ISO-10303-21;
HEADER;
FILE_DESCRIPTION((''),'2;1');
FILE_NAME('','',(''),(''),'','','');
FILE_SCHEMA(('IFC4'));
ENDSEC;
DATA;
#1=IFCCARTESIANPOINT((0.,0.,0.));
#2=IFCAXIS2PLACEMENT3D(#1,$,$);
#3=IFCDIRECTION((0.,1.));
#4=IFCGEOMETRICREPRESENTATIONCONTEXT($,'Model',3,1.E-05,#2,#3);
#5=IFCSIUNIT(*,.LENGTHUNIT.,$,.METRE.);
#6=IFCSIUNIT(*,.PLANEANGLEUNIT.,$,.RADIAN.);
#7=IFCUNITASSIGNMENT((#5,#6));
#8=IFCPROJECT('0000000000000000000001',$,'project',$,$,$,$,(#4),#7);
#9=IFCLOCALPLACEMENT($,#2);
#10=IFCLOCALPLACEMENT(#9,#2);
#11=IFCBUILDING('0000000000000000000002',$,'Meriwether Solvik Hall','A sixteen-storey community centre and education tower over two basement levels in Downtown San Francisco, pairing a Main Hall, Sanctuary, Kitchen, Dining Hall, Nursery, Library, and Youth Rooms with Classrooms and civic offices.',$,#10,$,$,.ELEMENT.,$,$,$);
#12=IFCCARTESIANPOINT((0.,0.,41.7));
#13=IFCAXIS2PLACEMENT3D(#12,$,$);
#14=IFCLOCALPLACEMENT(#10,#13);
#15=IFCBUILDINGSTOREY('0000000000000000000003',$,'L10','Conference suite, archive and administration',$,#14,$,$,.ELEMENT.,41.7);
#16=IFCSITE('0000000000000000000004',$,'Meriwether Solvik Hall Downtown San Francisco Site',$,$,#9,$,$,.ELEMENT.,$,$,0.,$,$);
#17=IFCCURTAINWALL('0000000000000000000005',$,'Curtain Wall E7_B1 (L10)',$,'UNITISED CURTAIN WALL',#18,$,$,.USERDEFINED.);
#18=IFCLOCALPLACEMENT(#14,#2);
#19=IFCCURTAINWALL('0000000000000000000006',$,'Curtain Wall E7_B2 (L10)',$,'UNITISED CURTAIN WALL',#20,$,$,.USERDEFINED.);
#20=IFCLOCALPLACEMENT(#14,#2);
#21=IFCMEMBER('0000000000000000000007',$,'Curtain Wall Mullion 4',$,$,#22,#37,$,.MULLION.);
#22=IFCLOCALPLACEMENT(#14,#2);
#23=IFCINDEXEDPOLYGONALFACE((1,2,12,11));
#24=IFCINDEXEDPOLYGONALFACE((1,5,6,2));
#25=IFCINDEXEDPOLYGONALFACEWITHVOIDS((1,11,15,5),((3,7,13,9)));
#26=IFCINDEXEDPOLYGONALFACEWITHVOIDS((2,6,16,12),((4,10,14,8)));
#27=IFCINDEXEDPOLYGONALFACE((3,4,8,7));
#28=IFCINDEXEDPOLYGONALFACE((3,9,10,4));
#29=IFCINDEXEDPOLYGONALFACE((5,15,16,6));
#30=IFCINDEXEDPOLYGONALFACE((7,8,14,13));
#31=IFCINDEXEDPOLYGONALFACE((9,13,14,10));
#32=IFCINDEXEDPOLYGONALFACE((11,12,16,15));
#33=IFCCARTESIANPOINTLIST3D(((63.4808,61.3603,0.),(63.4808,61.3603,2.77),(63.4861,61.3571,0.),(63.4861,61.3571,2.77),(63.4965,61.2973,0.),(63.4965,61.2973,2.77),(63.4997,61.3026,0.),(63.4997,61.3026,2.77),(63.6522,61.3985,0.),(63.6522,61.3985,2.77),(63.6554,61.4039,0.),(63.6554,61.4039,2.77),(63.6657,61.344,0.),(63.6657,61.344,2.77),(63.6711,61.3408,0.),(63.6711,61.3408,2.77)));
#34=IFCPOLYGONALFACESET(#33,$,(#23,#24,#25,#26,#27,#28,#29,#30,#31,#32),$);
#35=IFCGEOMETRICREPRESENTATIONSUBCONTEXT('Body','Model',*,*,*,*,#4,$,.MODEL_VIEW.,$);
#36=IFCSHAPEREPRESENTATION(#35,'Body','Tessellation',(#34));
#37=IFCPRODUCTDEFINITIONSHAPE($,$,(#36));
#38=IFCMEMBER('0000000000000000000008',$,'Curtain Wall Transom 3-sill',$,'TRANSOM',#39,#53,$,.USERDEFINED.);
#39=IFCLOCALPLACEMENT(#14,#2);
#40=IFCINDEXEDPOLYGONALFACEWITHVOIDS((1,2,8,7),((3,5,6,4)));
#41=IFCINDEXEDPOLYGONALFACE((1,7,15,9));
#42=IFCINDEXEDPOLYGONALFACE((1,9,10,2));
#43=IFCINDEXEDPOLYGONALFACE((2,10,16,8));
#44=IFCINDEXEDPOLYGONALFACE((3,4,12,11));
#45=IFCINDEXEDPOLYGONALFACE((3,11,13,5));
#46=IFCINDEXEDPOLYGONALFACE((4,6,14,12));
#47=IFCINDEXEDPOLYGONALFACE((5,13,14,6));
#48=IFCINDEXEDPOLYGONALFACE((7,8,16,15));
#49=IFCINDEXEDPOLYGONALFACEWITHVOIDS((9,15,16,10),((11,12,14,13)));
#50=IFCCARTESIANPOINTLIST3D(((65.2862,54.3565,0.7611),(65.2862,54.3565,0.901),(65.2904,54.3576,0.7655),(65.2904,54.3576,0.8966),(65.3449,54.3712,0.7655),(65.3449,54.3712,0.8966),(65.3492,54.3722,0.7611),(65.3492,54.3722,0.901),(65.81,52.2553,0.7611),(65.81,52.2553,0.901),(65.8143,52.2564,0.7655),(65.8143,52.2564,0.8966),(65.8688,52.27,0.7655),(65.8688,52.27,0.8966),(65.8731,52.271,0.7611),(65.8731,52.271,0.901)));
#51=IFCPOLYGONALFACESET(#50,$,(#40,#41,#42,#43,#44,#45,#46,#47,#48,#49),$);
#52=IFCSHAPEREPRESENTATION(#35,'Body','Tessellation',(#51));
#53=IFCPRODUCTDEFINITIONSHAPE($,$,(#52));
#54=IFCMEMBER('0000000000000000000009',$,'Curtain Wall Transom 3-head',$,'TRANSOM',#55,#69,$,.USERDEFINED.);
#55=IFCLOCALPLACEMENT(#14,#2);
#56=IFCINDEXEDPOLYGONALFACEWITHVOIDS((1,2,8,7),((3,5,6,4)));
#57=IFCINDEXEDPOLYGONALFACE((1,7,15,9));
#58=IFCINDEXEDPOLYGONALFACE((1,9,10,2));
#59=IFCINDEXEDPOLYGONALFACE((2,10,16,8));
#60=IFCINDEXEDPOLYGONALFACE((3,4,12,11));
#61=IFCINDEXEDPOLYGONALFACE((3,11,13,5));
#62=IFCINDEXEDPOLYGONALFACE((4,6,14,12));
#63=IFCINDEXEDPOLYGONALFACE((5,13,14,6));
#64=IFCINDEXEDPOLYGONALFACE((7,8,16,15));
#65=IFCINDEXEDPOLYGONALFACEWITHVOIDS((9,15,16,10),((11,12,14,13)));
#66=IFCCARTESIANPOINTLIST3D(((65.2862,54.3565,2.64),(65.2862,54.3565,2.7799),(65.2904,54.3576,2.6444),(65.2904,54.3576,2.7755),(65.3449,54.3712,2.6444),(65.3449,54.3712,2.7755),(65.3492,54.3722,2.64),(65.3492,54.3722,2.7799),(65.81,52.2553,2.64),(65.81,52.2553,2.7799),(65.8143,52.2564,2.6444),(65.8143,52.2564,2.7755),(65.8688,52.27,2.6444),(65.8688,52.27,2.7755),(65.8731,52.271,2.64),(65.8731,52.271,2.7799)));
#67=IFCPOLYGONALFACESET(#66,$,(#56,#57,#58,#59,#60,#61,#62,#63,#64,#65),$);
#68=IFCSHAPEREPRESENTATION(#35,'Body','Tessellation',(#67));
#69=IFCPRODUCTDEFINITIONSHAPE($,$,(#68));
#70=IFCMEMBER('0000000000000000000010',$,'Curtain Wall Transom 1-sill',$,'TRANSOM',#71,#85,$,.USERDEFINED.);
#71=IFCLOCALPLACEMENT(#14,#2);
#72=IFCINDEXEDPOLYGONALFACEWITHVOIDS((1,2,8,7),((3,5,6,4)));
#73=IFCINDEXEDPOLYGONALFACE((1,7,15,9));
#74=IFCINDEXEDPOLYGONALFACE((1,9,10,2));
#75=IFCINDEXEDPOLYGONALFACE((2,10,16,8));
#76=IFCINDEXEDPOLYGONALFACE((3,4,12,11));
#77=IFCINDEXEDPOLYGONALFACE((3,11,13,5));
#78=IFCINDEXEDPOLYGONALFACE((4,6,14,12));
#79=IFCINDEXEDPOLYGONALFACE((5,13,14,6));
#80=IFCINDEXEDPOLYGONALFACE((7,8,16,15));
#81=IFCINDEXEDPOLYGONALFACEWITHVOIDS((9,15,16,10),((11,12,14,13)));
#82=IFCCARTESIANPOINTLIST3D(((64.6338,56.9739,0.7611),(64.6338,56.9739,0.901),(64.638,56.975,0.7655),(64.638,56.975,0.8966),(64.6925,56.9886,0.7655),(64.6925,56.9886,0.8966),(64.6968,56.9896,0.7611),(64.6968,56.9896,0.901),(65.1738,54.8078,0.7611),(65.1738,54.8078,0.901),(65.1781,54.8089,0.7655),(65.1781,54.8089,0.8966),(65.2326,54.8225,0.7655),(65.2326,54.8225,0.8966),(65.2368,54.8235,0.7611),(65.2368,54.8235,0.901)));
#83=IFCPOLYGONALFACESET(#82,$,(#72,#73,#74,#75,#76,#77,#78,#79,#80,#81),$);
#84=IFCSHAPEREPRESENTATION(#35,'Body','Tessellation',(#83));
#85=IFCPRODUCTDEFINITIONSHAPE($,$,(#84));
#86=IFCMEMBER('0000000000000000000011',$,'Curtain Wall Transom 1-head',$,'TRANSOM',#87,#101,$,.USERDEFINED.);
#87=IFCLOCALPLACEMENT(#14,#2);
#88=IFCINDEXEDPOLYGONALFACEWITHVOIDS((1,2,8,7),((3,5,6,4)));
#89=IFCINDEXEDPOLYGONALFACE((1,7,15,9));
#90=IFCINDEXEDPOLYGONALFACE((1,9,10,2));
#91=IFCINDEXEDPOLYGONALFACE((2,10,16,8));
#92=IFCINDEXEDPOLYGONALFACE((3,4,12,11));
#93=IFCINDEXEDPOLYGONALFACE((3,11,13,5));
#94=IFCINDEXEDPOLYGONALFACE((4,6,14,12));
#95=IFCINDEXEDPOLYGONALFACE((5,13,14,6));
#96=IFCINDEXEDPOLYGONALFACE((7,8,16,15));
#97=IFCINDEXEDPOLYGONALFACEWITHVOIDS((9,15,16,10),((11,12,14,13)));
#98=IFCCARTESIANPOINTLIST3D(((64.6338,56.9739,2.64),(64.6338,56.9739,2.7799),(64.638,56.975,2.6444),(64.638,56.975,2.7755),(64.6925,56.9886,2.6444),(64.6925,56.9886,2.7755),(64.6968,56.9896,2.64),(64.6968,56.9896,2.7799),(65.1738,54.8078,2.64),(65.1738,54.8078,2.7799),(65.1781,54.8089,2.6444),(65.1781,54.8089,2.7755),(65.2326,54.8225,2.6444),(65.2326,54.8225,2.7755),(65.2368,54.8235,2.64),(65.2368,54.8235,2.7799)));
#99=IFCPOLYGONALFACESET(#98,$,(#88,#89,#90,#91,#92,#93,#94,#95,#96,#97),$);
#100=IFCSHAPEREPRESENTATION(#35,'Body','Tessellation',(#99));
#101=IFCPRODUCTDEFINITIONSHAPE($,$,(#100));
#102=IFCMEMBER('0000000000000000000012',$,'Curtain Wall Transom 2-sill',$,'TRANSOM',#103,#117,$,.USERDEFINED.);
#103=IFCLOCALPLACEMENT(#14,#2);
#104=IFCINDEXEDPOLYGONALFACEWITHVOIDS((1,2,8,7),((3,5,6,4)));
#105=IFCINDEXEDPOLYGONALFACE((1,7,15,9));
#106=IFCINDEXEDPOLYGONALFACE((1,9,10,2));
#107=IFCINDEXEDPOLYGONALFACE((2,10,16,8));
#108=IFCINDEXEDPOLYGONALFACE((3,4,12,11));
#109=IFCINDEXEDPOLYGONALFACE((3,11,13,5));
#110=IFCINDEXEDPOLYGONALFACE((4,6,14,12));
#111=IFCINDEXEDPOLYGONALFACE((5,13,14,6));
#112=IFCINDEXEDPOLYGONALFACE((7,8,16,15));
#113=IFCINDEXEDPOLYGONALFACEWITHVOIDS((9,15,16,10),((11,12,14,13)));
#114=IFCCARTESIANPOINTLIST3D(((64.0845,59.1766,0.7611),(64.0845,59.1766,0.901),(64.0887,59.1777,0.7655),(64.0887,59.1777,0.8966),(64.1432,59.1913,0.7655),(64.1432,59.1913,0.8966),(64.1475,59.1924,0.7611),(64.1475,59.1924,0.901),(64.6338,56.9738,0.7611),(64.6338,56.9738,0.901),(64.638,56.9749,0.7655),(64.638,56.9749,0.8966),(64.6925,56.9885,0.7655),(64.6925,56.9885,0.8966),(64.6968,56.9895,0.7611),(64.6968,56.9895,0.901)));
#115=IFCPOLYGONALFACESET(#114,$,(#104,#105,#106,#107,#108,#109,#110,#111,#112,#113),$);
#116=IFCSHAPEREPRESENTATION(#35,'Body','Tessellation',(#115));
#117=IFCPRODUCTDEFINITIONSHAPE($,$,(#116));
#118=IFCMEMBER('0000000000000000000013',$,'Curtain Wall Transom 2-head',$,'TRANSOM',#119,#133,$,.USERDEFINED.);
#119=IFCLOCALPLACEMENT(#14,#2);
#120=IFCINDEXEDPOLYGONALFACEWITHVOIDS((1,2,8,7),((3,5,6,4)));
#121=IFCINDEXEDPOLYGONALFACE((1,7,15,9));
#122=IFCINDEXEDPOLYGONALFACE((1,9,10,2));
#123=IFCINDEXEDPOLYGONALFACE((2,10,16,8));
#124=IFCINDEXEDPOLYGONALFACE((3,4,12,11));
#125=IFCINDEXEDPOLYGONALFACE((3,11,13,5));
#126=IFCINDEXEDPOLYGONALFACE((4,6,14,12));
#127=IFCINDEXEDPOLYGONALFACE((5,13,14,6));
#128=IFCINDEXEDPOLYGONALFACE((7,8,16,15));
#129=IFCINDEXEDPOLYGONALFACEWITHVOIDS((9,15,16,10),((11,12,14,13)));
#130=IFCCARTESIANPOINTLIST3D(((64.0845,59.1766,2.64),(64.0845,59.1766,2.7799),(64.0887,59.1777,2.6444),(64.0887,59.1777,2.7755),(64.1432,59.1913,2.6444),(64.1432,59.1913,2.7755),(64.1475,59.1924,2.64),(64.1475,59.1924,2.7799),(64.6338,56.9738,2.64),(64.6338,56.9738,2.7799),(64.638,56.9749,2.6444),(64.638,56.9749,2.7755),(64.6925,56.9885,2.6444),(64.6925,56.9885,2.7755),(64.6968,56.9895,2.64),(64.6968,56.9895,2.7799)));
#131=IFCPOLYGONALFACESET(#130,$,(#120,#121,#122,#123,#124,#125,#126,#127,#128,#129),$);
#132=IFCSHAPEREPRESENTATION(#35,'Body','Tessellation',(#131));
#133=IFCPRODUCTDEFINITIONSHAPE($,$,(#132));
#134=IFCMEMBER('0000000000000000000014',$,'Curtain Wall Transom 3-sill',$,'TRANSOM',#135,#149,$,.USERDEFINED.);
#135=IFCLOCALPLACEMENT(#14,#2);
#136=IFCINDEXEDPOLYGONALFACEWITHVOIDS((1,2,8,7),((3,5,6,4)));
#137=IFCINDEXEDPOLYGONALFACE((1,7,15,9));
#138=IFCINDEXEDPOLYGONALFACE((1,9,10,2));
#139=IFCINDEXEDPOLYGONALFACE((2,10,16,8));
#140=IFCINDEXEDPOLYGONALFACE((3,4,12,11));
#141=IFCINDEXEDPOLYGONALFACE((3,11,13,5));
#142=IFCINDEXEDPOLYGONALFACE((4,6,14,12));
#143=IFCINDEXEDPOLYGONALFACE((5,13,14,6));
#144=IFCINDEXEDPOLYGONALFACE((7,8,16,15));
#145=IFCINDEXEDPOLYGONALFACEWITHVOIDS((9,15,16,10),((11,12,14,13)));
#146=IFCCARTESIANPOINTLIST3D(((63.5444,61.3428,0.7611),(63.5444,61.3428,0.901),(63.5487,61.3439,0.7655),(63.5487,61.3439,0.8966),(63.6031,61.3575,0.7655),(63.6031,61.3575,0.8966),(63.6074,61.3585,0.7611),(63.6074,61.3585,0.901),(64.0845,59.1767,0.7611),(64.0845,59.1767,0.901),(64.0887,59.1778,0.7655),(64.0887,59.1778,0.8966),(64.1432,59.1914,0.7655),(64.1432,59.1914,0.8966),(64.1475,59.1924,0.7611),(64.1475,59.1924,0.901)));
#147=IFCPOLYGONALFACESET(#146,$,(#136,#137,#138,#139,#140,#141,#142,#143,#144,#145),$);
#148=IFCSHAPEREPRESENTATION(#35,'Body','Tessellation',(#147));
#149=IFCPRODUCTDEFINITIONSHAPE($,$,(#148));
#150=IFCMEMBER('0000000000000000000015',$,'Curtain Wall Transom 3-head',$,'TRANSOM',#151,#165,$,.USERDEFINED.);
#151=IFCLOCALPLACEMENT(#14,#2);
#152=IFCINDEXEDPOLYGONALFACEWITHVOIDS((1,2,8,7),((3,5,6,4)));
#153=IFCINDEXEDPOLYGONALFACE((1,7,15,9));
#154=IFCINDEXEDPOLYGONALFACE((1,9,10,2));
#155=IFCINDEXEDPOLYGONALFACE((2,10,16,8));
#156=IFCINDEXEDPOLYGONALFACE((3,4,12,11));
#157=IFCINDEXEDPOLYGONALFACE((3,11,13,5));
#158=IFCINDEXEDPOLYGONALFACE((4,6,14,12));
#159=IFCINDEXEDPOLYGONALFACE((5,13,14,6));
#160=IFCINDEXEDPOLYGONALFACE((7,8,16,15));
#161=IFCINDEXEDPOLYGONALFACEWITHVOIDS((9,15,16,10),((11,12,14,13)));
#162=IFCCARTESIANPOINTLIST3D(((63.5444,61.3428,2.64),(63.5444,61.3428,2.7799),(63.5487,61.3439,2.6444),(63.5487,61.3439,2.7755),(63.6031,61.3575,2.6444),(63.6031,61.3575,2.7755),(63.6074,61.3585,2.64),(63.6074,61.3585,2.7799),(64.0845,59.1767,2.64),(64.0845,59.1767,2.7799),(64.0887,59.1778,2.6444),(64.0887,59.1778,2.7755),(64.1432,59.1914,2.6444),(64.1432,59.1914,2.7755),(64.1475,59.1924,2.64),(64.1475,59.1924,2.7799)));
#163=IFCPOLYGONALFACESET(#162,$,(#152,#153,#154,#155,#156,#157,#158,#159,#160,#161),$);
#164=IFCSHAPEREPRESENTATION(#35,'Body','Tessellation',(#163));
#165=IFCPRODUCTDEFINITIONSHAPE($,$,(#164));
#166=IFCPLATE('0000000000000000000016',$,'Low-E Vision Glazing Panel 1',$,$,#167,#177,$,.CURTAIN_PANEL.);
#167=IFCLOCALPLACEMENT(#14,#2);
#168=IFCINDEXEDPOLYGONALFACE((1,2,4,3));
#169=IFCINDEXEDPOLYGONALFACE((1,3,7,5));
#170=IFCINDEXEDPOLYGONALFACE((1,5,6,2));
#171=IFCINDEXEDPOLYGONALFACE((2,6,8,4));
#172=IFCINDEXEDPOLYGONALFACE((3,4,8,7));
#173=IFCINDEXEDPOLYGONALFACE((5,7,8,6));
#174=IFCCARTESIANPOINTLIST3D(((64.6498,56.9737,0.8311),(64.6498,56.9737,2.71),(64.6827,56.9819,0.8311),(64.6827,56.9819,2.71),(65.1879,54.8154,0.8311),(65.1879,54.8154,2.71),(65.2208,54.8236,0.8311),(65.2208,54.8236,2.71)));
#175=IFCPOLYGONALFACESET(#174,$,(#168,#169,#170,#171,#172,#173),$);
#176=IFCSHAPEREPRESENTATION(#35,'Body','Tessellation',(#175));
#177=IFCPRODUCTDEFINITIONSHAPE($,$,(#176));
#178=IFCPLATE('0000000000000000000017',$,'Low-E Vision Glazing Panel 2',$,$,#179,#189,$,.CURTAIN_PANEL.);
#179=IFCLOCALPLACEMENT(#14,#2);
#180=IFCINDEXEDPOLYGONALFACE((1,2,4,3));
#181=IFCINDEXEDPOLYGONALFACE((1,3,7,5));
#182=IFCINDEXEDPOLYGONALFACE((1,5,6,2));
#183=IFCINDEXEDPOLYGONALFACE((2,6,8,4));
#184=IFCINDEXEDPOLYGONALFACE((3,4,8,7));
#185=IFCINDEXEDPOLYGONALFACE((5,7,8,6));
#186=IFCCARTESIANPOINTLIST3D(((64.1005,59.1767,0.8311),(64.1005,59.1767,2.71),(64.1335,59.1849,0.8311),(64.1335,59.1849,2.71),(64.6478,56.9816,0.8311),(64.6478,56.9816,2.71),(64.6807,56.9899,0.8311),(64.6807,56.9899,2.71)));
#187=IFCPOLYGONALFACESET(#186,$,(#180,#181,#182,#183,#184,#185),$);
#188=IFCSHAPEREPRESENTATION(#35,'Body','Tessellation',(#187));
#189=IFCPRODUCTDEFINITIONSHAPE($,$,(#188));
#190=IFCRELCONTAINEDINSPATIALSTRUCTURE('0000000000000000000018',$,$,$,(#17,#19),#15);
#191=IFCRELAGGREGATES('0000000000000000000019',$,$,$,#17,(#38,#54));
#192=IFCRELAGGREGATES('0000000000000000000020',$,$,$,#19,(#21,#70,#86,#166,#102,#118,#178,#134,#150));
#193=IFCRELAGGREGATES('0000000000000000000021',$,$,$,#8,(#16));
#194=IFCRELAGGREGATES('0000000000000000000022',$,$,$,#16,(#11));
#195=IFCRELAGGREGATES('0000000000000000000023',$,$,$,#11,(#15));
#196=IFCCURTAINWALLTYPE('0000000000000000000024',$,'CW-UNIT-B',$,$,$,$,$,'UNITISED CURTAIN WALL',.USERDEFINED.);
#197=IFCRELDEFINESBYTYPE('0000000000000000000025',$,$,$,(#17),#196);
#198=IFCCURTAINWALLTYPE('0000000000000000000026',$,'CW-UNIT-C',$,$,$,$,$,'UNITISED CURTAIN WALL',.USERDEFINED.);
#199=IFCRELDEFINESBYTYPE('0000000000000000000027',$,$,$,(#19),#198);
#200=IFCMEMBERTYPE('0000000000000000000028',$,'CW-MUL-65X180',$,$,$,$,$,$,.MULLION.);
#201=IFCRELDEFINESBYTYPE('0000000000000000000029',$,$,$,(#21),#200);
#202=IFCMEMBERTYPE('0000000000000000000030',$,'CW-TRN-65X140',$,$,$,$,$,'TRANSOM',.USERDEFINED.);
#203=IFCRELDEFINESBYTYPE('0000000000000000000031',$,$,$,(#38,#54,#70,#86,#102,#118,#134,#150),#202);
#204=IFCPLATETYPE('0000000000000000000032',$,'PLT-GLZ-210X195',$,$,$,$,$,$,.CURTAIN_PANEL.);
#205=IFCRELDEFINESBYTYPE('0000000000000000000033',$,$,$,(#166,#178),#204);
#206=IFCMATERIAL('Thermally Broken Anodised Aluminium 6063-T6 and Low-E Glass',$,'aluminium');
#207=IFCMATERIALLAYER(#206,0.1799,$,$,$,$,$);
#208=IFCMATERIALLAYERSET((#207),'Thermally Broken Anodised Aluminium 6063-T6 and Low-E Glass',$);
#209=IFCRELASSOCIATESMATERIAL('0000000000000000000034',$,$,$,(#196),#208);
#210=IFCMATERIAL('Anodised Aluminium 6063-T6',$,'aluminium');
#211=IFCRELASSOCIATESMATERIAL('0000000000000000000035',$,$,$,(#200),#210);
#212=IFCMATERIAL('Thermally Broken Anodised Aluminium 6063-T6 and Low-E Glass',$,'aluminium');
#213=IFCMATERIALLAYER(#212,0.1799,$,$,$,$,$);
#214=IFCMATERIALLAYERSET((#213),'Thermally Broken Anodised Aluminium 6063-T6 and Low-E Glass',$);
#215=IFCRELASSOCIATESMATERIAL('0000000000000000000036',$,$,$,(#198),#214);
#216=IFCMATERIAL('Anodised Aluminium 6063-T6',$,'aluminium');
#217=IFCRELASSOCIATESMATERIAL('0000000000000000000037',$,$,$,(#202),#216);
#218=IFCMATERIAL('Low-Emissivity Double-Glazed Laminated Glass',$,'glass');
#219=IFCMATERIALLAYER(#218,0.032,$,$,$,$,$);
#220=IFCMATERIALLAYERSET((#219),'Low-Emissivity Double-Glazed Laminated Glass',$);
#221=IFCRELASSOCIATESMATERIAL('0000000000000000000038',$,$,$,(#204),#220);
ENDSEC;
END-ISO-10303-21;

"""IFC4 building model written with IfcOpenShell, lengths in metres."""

from ifc_helpers import new_model, si_unit, direction, frame, origin, origin_2d, place, context, subcontext, project, spatial, rectangle, hollow_rectangle, extrude, material, layer, layer_set, material_profile, profile_set, type_object, element, aggregate, save


model = new_model("IFC4")

# Units and contexts
model_context = context("Model", 3, precision=1e-05, world=origin(), true_north=direction((0.0, 1.0)))
body_context = subcontext(model_context, "Body", "Model", "MODEL_VIEW")
ifc_project = project(units=[si_unit("LENGTHUNIT", "METRE"), si_unit("PLANEANGLEUNIT", "RADIAN")], contexts=[model_context])

# Site, building, storey
site_placement = place(None, origin())
site = spatial("IfcSite", under=ifc_project, at=site_placement, Name="Meriwether Solvik Hall Downtown San Francisco Site", CompositionType="ELEMENT", RefElevation=0.0)
building_placement = place(site_placement, origin())
building = spatial("IfcBuilding", under=site, at=building_placement, Name="Meriwether Solvik Hall", Description="A sixteen-storey community centre and education tower over two basement levels in Downtown San Francisco, pairing a Main Hall, Sanctuary, Kitchen, Dining Hall, Nursery, Library, and Youth Rooms with Classrooms and civic offices.", CompositionType="ELEMENT")
storey_placement = place(building_placement, frame((0.0, 0.0, 41.7)))
storey = spatial("IfcBuildingStorey", under=building, at=storey_placement, Name="L10", Description="Conference suite, archive and administration", CompositionType="ELEMENT", Elevation=41.7)

# Curtain walls, member
ifc_material_1 = material(Name="Thermally Broken Anodised Aluminium 6063-T6 and Low-E Glass", Category="aluminium")
ifc_layer_1 = layer(ifc_material_1, 0.1799)
ifc_layer_set_1 = layer_set([ifc_layer_1], Name="Thermally Broken Anodised Aluminium 6063-T6 and Low-E Glass")
curtain_wall_type_1 = type_object("IfcCurtainWallType", Name="CW-UNIT-B", ElementType="UNITISED CURTAIN WALL", PredefinedType="USERDEFINED", material=ifc_layer_set_1)
curtain_wall_1_placement = place(storey_placement, origin())
curtain_wall_1 = element("IfcCurtainWall", 1, at=curtain_wall_1_placement, inside=storey, type_object=curtain_wall_type_1, Name="Curtain Wall E7_B1 (L10)", ObjectType="UNITISED CURTAIN WALL", PredefinedType="USERDEFINED")
ifc_material_2 = material(Name="Anodised Aluminium 6063-T6", Category="aluminium")
ifc_material_profile_1 = material_profile(ifc_material_2, hollow_rectangle(XDim=0.0649, YDim=0.1799, WallThickness=0.0044, at=origin_2d()), Name="CWM-65X180")
ifc_profile_set_1 = profile_set([ifc_material_profile_1], Name="Anodised Aluminium 6063-T6")
member_type_1 = type_object("IfcMemberType", Name="CW-MUL-65X180", PredefinedType="MULLION", material=ifc_profile_set_1)
ifc_material_3 = material(Name="Thermally Broken Anodised Aluminium 6063-T6 and Low-E Glass", Category="aluminium")
ifc_layer_2 = layer(ifc_material_3, 0.1799)
ifc_layer_set_2 = layer_set([ifc_layer_2], Name="Thermally Broken Anodised Aluminium 6063-T6 and Low-E Glass")
curtain_wall_type_2 = type_object("IfcCurtainWallType", Name="CW-UNIT-C", ElementType="UNITISED CURTAIN WALL", PredefinedType="USERDEFINED", material=ifc_layer_set_2)
curtain_wall_2_placement = place(storey_placement, origin())
curtain_wall_2 = element("IfcCurtainWall", 2, at=curtain_wall_2_placement, inside=storey, type_object=curtain_wall_type_2, Name="Curtain Wall E7_B2 (L10)", ObjectType="UNITISED CURTAIN WALL", PredefinedType="USERDEFINED")
member_1_placement = place(storey_placement, frame((63.5759, 61.3506, 0.0), z_axis=(0.0, 0.0, 1.0), x_axis=(-0.241922, 0.970296, 0.0)))
member_1 = element("IfcMember", 3, at=member_1_placement, type_object=member_type_1, Name="Curtain Wall Mullion 4", PredefinedType="MULLION", context=body_context, shape_type="SweptSolid", body=[
    extrude(hollow_rectangle(XDim=0.0649, YDim=0.1799, WallThickness=0.0044, at=origin_2d()), origin(), (0.0, 0.0, 1.0), 2.77),
])

# Members
ifc_material_4 = material(Name="Anodised Aluminium 6063-T6", Category="aluminium")
ifc_material_profile_2 = material_profile(ifc_material_4, hollow_rectangle(XDim=0.0649, YDim=0.1399, WallThickness=0.0044, at=origin_2d()), Name="CWT-65X140")
ifc_profile_set_2 = profile_set([ifc_material_profile_2], Name="Anodised Aluminium 6063-T6")
member_type_2 = type_object("IfcMemberType", Name="CW-TRN-65X140", ElementType="TRANSOM", PredefinedType="USERDEFINED", material=ifc_profile_set_2)
member_2_placement = place(storey_placement, frame((65.8416, 52.2632, 0.8311), z_axis=(-0.241925, 0.970295, 0.0), x_axis=(-0.970295, -0.241925, 0.0)))
member_2 = element("IfcMember", 4, at=member_2_placement, type_object=member_type_2, Name="Curtain Wall Transom 3-sill", ObjectType="TRANSOM", PredefinedType="USERDEFINED", context=body_context, shape_type="SweptSolid", body=[
    extrude(hollow_rectangle(XDim=0.0649, YDim=0.1399, WallThickness=0.0044, at=origin_2d()), origin(), (0.0, 0.0, 1.0), 2.1655),
])
member_3_placement = place(storey_placement, frame((65.8416, 52.2632, 2.71), z_axis=(-0.241925, 0.970295, 0.0), x_axis=(-0.970295, -0.241925, 0.0)))
member_3 = element("IfcMember", 5, at=member_3_placement, type_object=member_type_2, Name="Curtain Wall Transom 3-head", ObjectType="TRANSOM", PredefinedType="USERDEFINED", context=body_context, shape_type="SweptSolid", body=[
    extrude(hollow_rectangle(XDim=0.0649, YDim=0.1399, WallThickness=0.0044, at=origin_2d()), origin(), (0.0, 0.0, 1.0), 2.1655),
])
member_4_placement = place(storey_placement, frame((65.2053, 54.8157, 0.8311), z_axis=(-0.241918, 0.970297, 0.0), x_axis=(-0.970297, -0.241918, 0.0)))
member_4 = element("IfcMember", 6, at=member_4_placement, type_object=member_type_2, Name="Curtain Wall Transom 1-sill", ObjectType="TRANSOM", PredefinedType="USERDEFINED", context=body_context, shape_type="SweptSolid", body=[
    extrude(hollow_rectangle(XDim=0.0649, YDim=0.1399, WallThickness=0.0044, at=origin_2d()), origin(), (0.0, 0.0, 1.0), 2.2324),
])
member_5_placement = place(storey_placement, frame((65.2053, 54.8157, 2.71), z_axis=(-0.241918, 0.970297, 0.0), x_axis=(-0.970297, -0.241918, 0.0)))
member_5 = element("IfcMember", 7, at=member_5_placement, type_object=member_type_2, Name="Curtain Wall Transom 1-head", ObjectType="TRANSOM", PredefinedType="USERDEFINED", context=body_context, shape_type="SweptSolid", body=[
    extrude(hollow_rectangle(XDim=0.0649, YDim=0.1399, WallThickness=0.0044, at=origin_2d()), origin(), (0.0, 0.0, 1.0), 2.2324),
])
member_6_placement = place(storey_placement, frame((64.6653, 56.9817, 0.8311), z_axis=(-0.241954, 0.970288, 0.0), x_axis=(-0.970288, -0.241954, 0.0)))
member_6 = element("IfcMember", 8, at=member_6_placement, type_object=member_type_2, Name="Curtain Wall Transom 2-sill", ObjectType="TRANSOM", PredefinedType="USERDEFINED", context=body_context, shape_type="SweptSolid", body=[
    extrude(hollow_rectangle(XDim=0.0649, YDim=0.1399, WallThickness=0.0044, at=origin_2d()), origin(), (0.0, 0.0, 1.0), 2.2703),
])
member_7_placement = place(storey_placement, frame((64.6653, 56.9817, 2.71), z_axis=(-0.241954, 0.970288, 0.0), x_axis=(-0.970288, -0.241954, 0.0)))
member_7 = element("IfcMember", 9, at=member_7_placement, type_object=member_type_2, Name="Curtain Wall Transom 2-head", ObjectType="TRANSOM", PredefinedType="USERDEFINED", context=body_context, shape_type="SweptSolid", body=[
    extrude(hollow_rectangle(XDim=0.0649, YDim=0.1399, WallThickness=0.0044, at=origin_2d()), origin(), (0.0, 0.0, 1.0), 2.2703),
])
member_8_placement = place(storey_placement, frame((64.116, 59.1846, 0.8311), z_axis=(-0.241918, 0.970297, 0.0), x_axis=(-0.970297, -0.241918, 0.0)))
member_8 = element("IfcMember", 10, at=member_8_placement, type_object=member_type_2, Name="Curtain Wall Transom 3-sill", ObjectType="TRANSOM", PredefinedType="USERDEFINED", context=body_context, shape_type="SweptSolid", body=[
    extrude(hollow_rectangle(XDim=0.0649, YDim=0.1399, WallThickness=0.0044, at=origin_2d()), origin(), (0.0, 0.0, 1.0), 2.2324),
])
member_9_placement = place(storey_placement, frame((64.116, 59.1846, 2.71), z_axis=(-0.241918, 0.970297, 0.0), x_axis=(-0.970297, -0.241918, 0.0)))
member_9 = element("IfcMember", 11, at=member_9_placement, type_object=member_type_2, Name="Curtain Wall Transom 3-head", ObjectType="TRANSOM", PredefinedType="USERDEFINED", context=body_context, shape_type="SweptSolid", body=[
    extrude(hollow_rectangle(XDim=0.0649, YDim=0.1399, WallThickness=0.0044, at=origin_2d()), origin(), (0.0, 0.0, 1.0), 2.2324),
])

# Plates
ifc_material_5 = material(Name="Low-Emissivity Double-Glazed Laminated Glass", Category="glass")
ifc_layer_3 = layer(ifc_material_5, 0.032)
ifc_layer_set_3 = layer_set([ifc_layer_3], Name="Low-Emissivity Double-Glazed Laminated Glass")
plate_type_1 = type_object("IfcPlateType", Name="PLT-GLZ-210X195", PredefinedType="CURTAIN_PANEL", material=ifc_layer_set_3)
plate_1_placement = place(storey_placement, frame((64.9353, 55.8987, 0.8311), z_axis=(0.0, 0.0, 1.0), x_axis=(-0.241922, 0.970296, 0.0)))
plate_1 = element("IfcPlate", 12, at=plate_1_placement, type_object=plate_type_1, Name="Low-E Vision Glazing Panel 1", PredefinedType="CURTAIN_PANEL", context=body_context, shape_type="SweptSolid", body=[
    extrude(rectangle(XDim=2.2244, YDim=0.0339, at=origin_2d()), origin(), (0.0, 0.0, 1.0), 1.8789),
])
plate_2_placement = place(storey_placement, frame((64.3906, 58.0833, 0.8311), z_axis=(0.0, 0.0, 1.0), x_axis=(-0.241922, 0.970296, 0.0)))
plate_2 = element("IfcPlate", 13, at=plate_2_placement, type_object=plate_type_1, Name="Low-E Vision Glazing Panel 2", PredefinedType="CURTAIN_PANEL", context=body_context, shape_type="SweptSolid", body=[
    extrude(rectangle(XDim=2.2622, YDim=0.0339, at=origin_2d()), origin(), (0.0, 0.0, 1.0), 1.8789),
])
aggregate(curtain_wall_1, [member_2, member_3])
aggregate(curtain_wall_2, [member_1, member_4, member_5, plate_1, member_6, member_7, plate_2, member_8, member_9])

save(model, "model.ifc")
